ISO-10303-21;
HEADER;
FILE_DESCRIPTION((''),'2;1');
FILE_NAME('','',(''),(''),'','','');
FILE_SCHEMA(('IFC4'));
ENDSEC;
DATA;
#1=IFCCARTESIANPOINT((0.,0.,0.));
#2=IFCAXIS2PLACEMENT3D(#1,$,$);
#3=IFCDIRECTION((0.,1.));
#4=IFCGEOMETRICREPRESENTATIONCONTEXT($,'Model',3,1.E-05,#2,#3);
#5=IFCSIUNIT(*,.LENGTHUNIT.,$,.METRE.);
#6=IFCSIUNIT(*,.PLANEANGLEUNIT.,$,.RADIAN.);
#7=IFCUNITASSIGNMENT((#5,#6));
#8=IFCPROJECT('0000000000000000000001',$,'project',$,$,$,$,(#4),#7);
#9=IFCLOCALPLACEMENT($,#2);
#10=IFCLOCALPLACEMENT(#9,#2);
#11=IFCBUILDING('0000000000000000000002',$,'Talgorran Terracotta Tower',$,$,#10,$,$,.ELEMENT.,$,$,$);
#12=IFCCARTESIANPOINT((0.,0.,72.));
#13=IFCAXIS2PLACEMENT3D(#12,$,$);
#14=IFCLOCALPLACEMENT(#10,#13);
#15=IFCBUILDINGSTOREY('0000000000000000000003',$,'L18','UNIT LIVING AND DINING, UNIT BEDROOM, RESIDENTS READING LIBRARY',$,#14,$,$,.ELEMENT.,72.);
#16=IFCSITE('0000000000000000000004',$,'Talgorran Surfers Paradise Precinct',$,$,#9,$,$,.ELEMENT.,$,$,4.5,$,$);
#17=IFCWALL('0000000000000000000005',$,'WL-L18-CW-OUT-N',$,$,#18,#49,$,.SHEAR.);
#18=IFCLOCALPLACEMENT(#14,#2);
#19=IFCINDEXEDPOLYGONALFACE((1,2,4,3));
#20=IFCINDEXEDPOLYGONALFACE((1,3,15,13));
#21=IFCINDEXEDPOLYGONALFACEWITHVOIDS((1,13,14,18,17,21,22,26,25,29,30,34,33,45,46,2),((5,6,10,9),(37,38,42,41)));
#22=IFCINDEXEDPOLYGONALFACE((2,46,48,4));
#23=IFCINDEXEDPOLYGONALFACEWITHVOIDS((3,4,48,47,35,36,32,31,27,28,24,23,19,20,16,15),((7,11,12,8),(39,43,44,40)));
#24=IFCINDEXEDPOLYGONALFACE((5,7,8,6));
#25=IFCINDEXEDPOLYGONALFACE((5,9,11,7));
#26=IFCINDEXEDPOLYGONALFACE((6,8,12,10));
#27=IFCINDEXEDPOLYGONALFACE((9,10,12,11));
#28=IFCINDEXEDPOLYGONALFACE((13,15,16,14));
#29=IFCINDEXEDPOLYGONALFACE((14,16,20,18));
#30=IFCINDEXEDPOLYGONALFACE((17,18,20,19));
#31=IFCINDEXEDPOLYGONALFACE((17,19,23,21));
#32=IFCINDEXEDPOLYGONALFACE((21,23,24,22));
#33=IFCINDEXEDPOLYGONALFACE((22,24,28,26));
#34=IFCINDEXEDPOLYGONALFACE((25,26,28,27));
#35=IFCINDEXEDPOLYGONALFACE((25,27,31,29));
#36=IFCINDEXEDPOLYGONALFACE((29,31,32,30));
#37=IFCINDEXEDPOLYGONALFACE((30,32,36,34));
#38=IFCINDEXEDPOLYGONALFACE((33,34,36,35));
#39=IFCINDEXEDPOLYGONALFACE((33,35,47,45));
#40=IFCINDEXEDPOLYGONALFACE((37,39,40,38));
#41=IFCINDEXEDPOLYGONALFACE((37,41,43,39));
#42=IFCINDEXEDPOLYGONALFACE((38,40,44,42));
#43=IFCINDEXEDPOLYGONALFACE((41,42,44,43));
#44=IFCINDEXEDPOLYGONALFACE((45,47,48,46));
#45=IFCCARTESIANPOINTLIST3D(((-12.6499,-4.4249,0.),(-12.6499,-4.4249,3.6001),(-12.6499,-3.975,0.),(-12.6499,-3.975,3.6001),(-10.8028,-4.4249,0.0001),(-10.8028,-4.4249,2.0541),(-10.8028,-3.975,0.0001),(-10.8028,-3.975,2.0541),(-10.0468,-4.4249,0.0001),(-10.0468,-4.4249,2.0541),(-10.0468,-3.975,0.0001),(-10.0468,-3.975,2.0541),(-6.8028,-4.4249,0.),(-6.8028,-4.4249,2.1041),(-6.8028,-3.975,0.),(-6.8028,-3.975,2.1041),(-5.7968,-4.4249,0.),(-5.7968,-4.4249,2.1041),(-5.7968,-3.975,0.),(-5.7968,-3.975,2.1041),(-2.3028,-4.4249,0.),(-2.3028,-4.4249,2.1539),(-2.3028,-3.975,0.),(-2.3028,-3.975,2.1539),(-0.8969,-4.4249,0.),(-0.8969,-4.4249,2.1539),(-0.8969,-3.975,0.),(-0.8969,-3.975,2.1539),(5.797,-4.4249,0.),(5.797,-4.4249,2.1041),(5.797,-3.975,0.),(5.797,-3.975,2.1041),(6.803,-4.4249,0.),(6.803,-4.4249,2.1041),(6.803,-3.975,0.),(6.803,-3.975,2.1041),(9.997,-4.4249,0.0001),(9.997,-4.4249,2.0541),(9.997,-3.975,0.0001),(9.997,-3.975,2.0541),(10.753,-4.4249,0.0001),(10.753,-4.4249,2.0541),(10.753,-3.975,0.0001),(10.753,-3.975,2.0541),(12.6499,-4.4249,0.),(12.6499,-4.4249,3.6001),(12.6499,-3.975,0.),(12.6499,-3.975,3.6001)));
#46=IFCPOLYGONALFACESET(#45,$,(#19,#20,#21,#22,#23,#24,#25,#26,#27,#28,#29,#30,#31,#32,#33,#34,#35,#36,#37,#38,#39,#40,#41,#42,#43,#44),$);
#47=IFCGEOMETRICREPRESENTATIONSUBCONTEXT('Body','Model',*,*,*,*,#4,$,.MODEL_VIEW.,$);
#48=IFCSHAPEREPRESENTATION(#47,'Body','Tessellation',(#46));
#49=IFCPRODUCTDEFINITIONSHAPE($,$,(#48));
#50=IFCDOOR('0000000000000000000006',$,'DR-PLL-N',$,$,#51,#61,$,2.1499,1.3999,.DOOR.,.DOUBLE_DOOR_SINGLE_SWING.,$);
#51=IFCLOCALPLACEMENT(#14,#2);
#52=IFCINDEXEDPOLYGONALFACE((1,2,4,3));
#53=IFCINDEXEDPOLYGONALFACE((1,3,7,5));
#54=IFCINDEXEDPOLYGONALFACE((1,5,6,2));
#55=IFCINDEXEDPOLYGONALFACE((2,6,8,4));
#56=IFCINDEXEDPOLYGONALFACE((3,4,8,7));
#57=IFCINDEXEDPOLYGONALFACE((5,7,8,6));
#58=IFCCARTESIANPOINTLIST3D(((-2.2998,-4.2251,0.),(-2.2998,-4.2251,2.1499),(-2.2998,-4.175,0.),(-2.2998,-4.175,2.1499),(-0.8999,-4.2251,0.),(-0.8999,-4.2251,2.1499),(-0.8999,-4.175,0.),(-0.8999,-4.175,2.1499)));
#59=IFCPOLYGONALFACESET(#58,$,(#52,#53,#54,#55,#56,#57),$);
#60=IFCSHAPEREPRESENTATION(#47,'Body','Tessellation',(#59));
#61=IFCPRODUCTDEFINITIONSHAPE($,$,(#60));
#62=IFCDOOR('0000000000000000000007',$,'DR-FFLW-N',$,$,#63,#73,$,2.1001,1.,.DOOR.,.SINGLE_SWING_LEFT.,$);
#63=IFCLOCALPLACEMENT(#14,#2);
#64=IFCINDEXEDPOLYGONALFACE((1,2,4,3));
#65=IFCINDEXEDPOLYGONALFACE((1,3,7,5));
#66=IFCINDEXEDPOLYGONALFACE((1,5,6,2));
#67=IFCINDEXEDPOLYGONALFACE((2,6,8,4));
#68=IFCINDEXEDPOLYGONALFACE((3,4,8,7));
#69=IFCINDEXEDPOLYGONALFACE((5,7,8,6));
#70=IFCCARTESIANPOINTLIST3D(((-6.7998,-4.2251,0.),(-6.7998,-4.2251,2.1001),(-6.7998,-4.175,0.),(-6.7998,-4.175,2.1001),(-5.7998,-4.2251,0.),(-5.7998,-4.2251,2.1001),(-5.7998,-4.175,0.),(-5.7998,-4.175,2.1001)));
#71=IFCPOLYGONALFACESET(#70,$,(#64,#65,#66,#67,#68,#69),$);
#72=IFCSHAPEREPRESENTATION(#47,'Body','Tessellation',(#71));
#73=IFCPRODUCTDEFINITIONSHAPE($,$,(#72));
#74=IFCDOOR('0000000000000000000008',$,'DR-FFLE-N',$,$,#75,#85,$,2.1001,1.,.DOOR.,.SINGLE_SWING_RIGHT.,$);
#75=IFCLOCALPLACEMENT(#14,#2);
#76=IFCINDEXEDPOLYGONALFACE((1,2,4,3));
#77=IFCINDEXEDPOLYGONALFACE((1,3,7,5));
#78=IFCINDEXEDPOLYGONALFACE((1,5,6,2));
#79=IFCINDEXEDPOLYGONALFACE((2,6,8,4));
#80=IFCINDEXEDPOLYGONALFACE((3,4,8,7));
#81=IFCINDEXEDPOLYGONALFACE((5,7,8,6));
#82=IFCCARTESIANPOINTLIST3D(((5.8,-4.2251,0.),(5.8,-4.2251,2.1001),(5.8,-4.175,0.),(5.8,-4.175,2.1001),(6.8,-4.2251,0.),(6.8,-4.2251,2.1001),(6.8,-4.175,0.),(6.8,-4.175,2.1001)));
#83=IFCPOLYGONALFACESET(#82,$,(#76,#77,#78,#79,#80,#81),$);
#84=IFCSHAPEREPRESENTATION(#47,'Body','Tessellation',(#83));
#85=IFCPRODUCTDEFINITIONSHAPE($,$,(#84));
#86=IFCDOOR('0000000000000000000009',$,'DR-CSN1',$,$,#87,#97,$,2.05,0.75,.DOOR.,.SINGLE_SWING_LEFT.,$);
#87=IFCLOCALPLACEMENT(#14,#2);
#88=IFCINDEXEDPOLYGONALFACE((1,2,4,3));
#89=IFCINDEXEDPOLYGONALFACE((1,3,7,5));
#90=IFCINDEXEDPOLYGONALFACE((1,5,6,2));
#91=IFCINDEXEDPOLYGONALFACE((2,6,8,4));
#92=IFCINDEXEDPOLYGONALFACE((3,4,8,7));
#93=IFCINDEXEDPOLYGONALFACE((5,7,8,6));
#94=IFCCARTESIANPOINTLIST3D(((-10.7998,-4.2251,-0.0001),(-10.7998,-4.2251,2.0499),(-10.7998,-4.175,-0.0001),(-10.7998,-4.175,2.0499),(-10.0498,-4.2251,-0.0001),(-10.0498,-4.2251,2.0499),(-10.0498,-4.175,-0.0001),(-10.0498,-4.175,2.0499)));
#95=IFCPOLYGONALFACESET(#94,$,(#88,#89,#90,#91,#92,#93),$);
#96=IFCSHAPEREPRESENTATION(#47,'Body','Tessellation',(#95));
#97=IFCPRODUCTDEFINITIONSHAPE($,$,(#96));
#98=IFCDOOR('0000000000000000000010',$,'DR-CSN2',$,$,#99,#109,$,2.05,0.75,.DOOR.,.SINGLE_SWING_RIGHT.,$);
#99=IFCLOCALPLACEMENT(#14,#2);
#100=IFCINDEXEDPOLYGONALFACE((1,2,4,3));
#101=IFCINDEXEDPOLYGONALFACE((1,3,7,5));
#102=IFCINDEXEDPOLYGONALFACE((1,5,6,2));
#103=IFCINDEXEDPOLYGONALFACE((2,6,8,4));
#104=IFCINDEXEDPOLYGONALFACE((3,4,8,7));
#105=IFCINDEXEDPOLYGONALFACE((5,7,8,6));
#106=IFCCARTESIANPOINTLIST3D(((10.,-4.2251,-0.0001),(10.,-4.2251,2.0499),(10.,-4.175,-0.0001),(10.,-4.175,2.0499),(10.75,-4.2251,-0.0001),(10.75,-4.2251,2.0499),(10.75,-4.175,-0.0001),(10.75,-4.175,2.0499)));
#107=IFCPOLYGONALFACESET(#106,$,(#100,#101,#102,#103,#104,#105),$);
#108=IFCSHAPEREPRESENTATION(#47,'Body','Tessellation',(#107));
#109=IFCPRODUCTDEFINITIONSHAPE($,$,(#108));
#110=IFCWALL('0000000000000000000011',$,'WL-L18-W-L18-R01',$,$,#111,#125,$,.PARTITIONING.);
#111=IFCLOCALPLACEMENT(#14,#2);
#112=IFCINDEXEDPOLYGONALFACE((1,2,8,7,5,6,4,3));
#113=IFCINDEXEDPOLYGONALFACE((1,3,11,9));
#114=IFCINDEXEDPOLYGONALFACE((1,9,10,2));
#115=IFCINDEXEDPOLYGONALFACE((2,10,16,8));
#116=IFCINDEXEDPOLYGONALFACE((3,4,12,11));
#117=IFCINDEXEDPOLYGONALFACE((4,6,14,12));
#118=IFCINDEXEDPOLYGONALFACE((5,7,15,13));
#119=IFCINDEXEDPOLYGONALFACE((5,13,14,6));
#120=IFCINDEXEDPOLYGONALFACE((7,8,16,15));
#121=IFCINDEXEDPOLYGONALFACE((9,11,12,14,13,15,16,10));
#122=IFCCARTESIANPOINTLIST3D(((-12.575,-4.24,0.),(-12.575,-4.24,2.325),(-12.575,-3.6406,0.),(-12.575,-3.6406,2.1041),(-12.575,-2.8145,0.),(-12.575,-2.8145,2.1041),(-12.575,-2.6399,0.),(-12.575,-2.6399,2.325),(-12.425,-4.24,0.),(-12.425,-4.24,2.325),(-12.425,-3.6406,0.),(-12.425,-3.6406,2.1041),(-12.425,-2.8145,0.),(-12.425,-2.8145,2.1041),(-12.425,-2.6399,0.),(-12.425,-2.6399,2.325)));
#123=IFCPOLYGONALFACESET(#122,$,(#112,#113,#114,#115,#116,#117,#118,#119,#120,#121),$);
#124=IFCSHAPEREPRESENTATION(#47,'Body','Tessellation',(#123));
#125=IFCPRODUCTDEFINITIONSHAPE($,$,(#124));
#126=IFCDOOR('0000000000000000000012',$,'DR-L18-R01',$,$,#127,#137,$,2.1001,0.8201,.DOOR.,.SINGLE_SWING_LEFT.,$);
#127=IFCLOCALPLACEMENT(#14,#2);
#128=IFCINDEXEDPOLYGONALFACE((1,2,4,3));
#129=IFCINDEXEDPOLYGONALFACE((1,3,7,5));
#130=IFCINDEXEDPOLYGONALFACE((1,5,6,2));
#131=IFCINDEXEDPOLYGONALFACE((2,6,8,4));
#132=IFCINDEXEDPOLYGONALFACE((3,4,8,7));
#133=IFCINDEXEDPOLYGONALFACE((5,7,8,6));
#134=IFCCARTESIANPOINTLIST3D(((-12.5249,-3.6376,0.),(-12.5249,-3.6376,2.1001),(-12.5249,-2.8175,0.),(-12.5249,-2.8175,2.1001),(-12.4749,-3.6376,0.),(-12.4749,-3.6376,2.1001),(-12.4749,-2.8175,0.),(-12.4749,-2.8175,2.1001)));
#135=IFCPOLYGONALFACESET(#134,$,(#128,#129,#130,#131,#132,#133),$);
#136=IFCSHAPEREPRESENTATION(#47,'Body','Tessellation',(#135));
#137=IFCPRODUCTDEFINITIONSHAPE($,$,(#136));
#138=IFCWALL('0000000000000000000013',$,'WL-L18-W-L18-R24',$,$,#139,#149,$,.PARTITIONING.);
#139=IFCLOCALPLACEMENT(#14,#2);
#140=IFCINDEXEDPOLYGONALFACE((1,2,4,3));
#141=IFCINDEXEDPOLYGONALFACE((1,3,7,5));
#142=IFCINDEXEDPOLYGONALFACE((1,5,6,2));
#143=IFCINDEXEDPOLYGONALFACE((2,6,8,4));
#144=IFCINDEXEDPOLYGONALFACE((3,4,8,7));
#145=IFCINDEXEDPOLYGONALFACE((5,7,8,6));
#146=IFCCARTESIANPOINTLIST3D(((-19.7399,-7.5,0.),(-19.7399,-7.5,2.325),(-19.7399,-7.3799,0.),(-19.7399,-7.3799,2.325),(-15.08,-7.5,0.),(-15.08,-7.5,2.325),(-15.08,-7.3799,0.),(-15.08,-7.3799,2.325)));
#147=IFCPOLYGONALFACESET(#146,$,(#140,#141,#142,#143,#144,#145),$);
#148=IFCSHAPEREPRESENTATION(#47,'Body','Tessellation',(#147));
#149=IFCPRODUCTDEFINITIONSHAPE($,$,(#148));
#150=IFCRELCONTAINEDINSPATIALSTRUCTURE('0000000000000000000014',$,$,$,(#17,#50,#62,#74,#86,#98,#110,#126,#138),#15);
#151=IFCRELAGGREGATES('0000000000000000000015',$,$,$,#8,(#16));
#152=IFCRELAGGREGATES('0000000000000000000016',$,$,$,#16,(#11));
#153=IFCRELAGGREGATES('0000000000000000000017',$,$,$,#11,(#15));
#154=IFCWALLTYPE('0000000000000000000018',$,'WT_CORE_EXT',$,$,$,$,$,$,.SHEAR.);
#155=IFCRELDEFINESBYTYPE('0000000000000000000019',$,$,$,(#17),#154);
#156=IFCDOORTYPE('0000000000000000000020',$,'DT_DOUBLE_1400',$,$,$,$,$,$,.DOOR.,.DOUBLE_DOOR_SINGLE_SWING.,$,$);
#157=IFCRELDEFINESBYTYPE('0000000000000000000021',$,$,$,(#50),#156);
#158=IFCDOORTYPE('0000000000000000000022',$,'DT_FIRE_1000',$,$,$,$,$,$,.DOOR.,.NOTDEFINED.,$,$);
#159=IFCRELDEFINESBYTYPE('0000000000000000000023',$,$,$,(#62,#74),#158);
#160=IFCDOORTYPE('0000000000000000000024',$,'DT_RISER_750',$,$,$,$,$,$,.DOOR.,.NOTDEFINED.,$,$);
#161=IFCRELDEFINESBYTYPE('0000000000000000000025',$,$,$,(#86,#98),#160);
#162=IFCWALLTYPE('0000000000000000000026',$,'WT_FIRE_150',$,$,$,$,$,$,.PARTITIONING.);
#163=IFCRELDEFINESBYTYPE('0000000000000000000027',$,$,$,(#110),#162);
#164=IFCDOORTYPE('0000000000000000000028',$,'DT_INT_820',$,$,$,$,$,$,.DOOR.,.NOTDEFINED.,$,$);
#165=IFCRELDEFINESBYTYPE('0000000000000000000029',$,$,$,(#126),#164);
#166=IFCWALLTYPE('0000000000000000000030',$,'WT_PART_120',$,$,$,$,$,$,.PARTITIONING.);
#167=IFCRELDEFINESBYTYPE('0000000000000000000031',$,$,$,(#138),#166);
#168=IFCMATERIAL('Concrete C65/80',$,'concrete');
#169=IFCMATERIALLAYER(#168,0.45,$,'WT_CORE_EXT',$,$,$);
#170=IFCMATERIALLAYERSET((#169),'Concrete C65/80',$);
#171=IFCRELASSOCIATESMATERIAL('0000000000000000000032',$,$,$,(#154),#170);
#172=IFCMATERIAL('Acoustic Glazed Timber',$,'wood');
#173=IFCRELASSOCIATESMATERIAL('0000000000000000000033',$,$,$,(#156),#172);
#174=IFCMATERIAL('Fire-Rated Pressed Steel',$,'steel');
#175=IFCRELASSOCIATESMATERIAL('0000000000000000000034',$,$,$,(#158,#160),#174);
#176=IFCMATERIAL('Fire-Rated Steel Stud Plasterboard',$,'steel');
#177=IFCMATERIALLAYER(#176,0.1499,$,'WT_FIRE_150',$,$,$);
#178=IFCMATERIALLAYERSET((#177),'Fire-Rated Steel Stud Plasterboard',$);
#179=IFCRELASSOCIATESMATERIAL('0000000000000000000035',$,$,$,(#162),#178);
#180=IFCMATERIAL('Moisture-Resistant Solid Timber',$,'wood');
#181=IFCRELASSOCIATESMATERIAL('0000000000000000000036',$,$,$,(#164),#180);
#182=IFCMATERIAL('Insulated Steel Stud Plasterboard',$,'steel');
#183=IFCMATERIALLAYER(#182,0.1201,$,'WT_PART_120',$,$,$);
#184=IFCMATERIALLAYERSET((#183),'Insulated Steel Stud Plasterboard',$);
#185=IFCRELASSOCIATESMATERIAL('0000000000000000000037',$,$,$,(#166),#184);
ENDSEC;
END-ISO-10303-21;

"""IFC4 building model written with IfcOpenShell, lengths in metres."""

from ifc_helpers import new_model, si_unit, direction, frame, frame_2d, origin, place, context, subcontext, project, spatial, rectangle, extrude, material, layer, layer_set, type_object, element, fill, save


model = new_model("IFC4")

# Units and contexts
model_context = context("Model", 3, precision=1e-05, world=origin(), true_north=direction((0.0, 1.0)))
body_context = subcontext(model_context, "Body", "Model", "MODEL_VIEW")
ifc_project = project(units=[si_unit("LENGTHUNIT", "METRE"), si_unit("PLANEANGLEUNIT", "RADIAN")], contexts=[model_context])

# Site, building, storey
site_placement = place(None, origin())
site = spatial("IfcSite", under=ifc_project, at=site_placement, Name="Talgorran Surfers Paradise Precinct", CompositionType="ELEMENT", RefElevation=4.5)
building_placement = place(site_placement, origin())
building = spatial("IfcBuilding", under=site, at=building_placement, Name="Talgorran Terracotta Tower", CompositionType="ELEMENT")
storey_placement = place(building_placement, frame((0.0, 0.0, 72.0)))
storey = spatial("IfcBuildingStorey", under=building, at=storey_placement, Name="L18", Description="UNIT LIVING AND DINING, UNIT BEDROOM, RESIDENTS READING LIBRARY", CompositionType="ELEMENT", Elevation=72.0)

# Wall, openings, doors
ifc_material_1 = material(Name="Concrete C65/80", Category="concrete")
ifc_layer_1 = layer(ifc_material_1, 0.45, Name="WT_CORE_EXT")
ifc_layer_set_1 = layer_set([ifc_layer_1], Name="Concrete C65/80")
wall_type_1 = type_object("IfcWallType", Name="WT_CORE_EXT", PredefinedType="SHEAR", material=ifc_layer_set_1)
wall_1_placement = place(storey_placement, frame((-12.6499, -4.2, 0.0), z_axis=(0.0, 0.0, 1.0), x_axis=(1.0, 0.0, 0.0)))
wall_1 = element("IfcWall", 1, at=wall_1_placement, inside=storey, type_object=wall_type_1, Name="WL-L18-CW-OUT-N", PredefinedType="SHEAR", context=body_context, shape_type="SweptSolid", body=[
    extrude(rectangle(XDim=25.2998, YDim=0.45, at=frame_2d((12.6499, 0.0))), origin(), (0.0, 0.0, 1.0), 3.6001),
])
opening_1_placement = place(wall_1_placement, frame((1.8501, 0.0, 0.0)))
opening_1 = element("IfcOpeningElement", 2, at=opening_1_placement, cuts=wall_1, PredefinedType="OPENING", context=body_context, shape_type="SweptSolid", body=[
    extrude(rectangle(XDim=0.756, YDim=2.054, at=frame_2d((0.375, 1.0271))), frame((0.0, 0.2349, 0.0), z_axis=(0.0, -1.0, 0.0), x_axis=(1.0, 0.0, 0.0)), (0.0, 0.0, 1.0), 0.47),
])
opening_2_placement = place(wall_1_placement, frame((22.6499, 0.0, 0.0)))
opening_2 = element("IfcOpeningElement", 3, at=opening_2_placement, cuts=wall_1, PredefinedType="OPENING", context=body_context, shape_type="SweptSolid", body=[
    extrude(rectangle(XDim=0.756, YDim=2.054, at=frame_2d((0.375, 1.0271))), frame((0.0, 0.2349, 0.0), z_axis=(0.0, -1.0, 0.0), x_axis=(1.0, 0.0, 0.0)), (0.0, 0.0, 1.0), 0.47),
])
opening_3_placement = place(wall_1_placement, frame((5.8501, 0.0, 0.0)))
opening_3 = element("IfcOpeningElement", 4, at=opening_3_placement, cuts=wall_1, PredefinedType="OPENING", context=body_context, shape_type="SweptSolid", body=[
    extrude(rectangle(XDim=1.006, YDim=2.1041, at=frame_2d((0.5, 1.052))), frame((0.0, 0.2349, 0.0), z_axis=(0.0, -1.0, 0.0), x_axis=(1.0, 0.0, 0.0)), (0.0, 0.0, 1.0), 0.47),
])
opening_4_placement = place(wall_1_placement, frame((10.3501, 0.0, 0.0)))
opening_4 = element("IfcOpeningElement", 5, at=opening_4_placement, cuts=wall_1, PredefinedType="OPENING", context=body_context, shape_type="SweptSolid", body=[
    extrude(rectangle(XDim=1.4059, YDim=2.1539, at=frame_2d((0.7, 1.0769))), frame((0.0, 0.2349, 0.0), z_axis=(0.0, -1.0, 0.0), x_axis=(1.0, 0.0, 0.0)), (0.0, 0.0, 1.0), 0.47),
])
opening_5_placement = place(wall_1_placement, frame((18.45, 0.0, 0.0)))
opening_5 = element("IfcOpeningElement", 6, at=opening_5_placement, cuts=wall_1, PredefinedType="OPENING", context=body_context, shape_type="SweptSolid", body=[
    extrude(rectangle(XDim=1.006, YDim=2.1041, at=frame_2d((0.5, 1.052))), frame((0.0, 0.2349, 0.0), z_axis=(0.0, -1.0, 0.0), x_axis=(1.0, 0.0, 0.0)), (0.0, 0.0, 1.0), 0.47),
])
ifc_material_2 = material(Name="Acoustic Glazed Timber", Category="wood")
door_type_1 = type_object("IfcDoorType", Name="DT_DOUBLE_1400", OperationType="DOUBLE_DOOR_SINGLE_SWING", PredefinedType="DOOR", material=ifc_material_2)
door_1_placement = place(opening_4_placement, origin())
door_1 = element("IfcDoor", 7, at=door_1_placement, inside=storey, type_object=door_type_1, Name="DR-PLL-N", OperationType="DOUBLE_DOOR_SINGLE_SWING", OverallHeight=2.1499, OverallWidth=1.3999, PredefinedType="DOOR", context=body_context, shape_type="SweptSolid", body=[
    extrude(rectangle(XDim=1.3999, YDim=2.1499, at=frame_2d((0.7, 1.075))), frame((0.0, 0.0249, 0.0), z_axis=(0.0, -1.0, 0.0), x_axis=(1.0, 0.0, 0.0)), (0.0, 0.0, 1.0), 0.05),
])
fill(opening_4, door_1)
ifc_material_3 = material(Name="Fire-Rated Pressed Steel", Category="steel")
door_type_2 = type_object("IfcDoorType", Name="DT_FIRE_1000", OperationType="NOTDEFINED", PredefinedType="DOOR", material=ifc_material_3)
door_2_placement = place(opening_3_placement, origin())
door_2 = element("IfcDoor", 8, at=door_2_placement, inside=storey, type_object=door_type_2, Name="DR-FFLW-N", OperationType="SINGLE_SWING_LEFT", OverallHeight=2.1001, OverallWidth=1.0, PredefinedType="DOOR", context=body_context, shape_type="SweptSolid", body=[
    extrude(rectangle(XDim=1.0, YDim=2.1001, at=frame_2d((0.5, 1.05))), frame((0.0, 0.0249, 0.0), z_axis=(0.0, -1.0, 0.0), x_axis=(1.0, 0.0, 0.0)), (0.0, 0.0, 1.0), 0.05),
])
fill(opening_3, door_2)
door_3_placement = place(opening_5_placement, origin())
door_3 = element("IfcDoor", 9, at=door_3_placement, inside=storey, type_object=door_type_2, Name="DR-FFLE-N", OperationType="SINGLE_SWING_RIGHT", OverallHeight=2.1001, OverallWidth=1.0, PredefinedType="DOOR", context=body_context, shape_type="SweptSolid", body=[
    extrude(rectangle(XDim=1.0, YDim=2.1001, at=frame_2d((0.5, 1.05))), frame((0.0, 0.0249, 0.0), z_axis=(0.0, -1.0, 0.0), x_axis=(1.0, 0.0, 0.0)), (0.0, 0.0, 1.0), 0.05),
])
fill(opening_5, door_3)
door_type_3 = type_object("IfcDoorType", Name="DT_RISER_750", OperationType="NOTDEFINED", PredefinedType="DOOR", material=ifc_material_3)
door_4_placement = place(opening_1_placement, origin())
door_4 = element("IfcDoor", 10, at=door_4_placement, inside=storey, type_object=door_type_3, Name="DR-CSN1", OperationType="SINGLE_SWING_LEFT", OverallHeight=2.05, OverallWidth=0.75, PredefinedType="DOOR", context=body_context, shape_type="SweptSolid", body=[
    extrude(rectangle(XDim=0.75, YDim=2.05, at=frame_2d((0.375, 1.0249))), frame((0.0, 0.0249, 0.0), z_axis=(0.0, -1.0, 0.0), x_axis=(1.0, 0.0, 0.0)), (0.0, 0.0, 1.0), 0.05),
])
fill(opening_1, door_4)
door_5_placement = place(opening_2_placement, origin())
door_5 = element("IfcDoor", 11, at=door_5_placement, inside=storey, type_object=door_type_3, Name="DR-CSN2", OperationType="SINGLE_SWING_RIGHT", OverallHeight=2.05, OverallWidth=0.75, PredefinedType="DOOR", context=body_context, shape_type="SweptSolid", body=[
    extrude(rectangle(XDim=0.75, YDim=2.05, at=frame_2d((0.375, 1.0249))), frame((0.0, 0.0249, 0.0), z_axis=(0.0, -1.0, 0.0), x_axis=(1.0, 0.0, 0.0)), (0.0, 0.0, 1.0), 0.05),
])
fill(opening_2, door_5)

# Wall, opening, door
ifc_material_4 = material(Name="Fire-Rated Steel Stud Plasterboard", Category="steel")
ifc_layer_2 = layer(ifc_material_4, 0.1499, Name="WT_FIRE_150")
ifc_layer_set_2 = layer_set([ifc_layer_2], Name="Fire-Rated Steel Stud Plasterboard")
wall_type_2 = type_object("IfcWallType", Name="WT_FIRE_150", PredefinedType="PARTITIONING", material=ifc_layer_set_2)
wall_2_placement = place(storey_placement, frame((-12.5, -4.24, 0.0), z_axis=(0.0, 0.0, 1.0), x_axis=(0.0, 1.0, 0.0)))
wall_2 = element("IfcWall", 12, at=wall_2_placement, inside=storey, type_object=wall_type_2, Name="WL-L18-W-L18-R01", PredefinedType="PARTITIONING", context=body_context, shape_type="SweptSolid", body=[
    extrude(rectangle(XDim=1.6001, YDim=0.1499, at=frame_2d((0.8, 0.0))), origin(), (0.0, 0.0, 1.0), 2.325),
])
opening_6_placement = place(wall_2_placement, frame((0.6023, 0.0, 0.0)))
opening_6 = element("IfcOpeningElement", 13, at=opening_6_placement, cuts=wall_2, PredefinedType="OPENING", context=body_context, shape_type="SweptSolid", body=[
    extrude(rectangle(XDim=0.8261, YDim=2.1041, at=frame_2d((0.4102, 1.052))), frame((0.0, 0.085, 0.0), z_axis=(0.0, -1.0, 0.0), x_axis=(1.0, 0.0, 0.0)), (0.0, 0.0, 1.0), 0.1699),
])
ifc_material_5 = material(Name="Moisture-Resistant Solid Timber", Category="wood")
door_type_4 = type_object("IfcDoorType", Name="DT_INT_820", OperationType="NOTDEFINED", PredefinedType="DOOR", material=ifc_material_5)
door_6_placement = place(opening_6_placement, origin())
door_6 = element("IfcDoor", 14, at=door_6_placement, inside=storey, type_object=door_type_4, Name="DR-L18-R01", OperationType="SINGLE_SWING_LEFT", OverallHeight=2.1001, OverallWidth=0.8201, PredefinedType="DOOR", context=body_context, shape_type="SweptSolid", body=[
    extrude(rectangle(XDim=0.8201, YDim=2.1001, at=frame_2d((0.4102, 1.05))), frame((0.0, 0.0249, 0.0), z_axis=(0.0, -1.0, 0.0), x_axis=(1.0, 0.0, 0.0)), (0.0, 0.0, 1.0), 0.05),
])
fill(opening_6, door_6)

# Wall
ifc_material_6 = material(Name="Insulated Steel Stud Plasterboard", Category="steel")
ifc_layer_3 = layer(ifc_material_6, 0.1201, Name="WT_PART_120")
ifc_layer_set_3 = layer_set([ifc_layer_3], Name="Insulated Steel Stud Plasterboard")
wall_type_3 = type_object("IfcWallType", Name="WT_PART_120", PredefinedType="PARTITIONING", material=ifc_layer_set_3)
wall_3_placement = place(storey_placement, frame((-19.74, -7.4399, 0.0), z_axis=(0.0, 0.0, 1.0), x_axis=(1.0, 0.0, 0.0)))
element("IfcWall", 15, at=wall_3_placement, inside=storey, type_object=wall_type_3, Name="WL-L18-W-L18-R24", PredefinedType="PARTITIONING", context=body_context, shape_type="SweptSolid", body=[
    extrude(rectangle(XDim=4.6599, YDim=0.1201, at=frame_2d((2.3301, 0.0))), origin(), (0.0, 0.0, 1.0), 2.325),
])

save(model, "model.ifc")
